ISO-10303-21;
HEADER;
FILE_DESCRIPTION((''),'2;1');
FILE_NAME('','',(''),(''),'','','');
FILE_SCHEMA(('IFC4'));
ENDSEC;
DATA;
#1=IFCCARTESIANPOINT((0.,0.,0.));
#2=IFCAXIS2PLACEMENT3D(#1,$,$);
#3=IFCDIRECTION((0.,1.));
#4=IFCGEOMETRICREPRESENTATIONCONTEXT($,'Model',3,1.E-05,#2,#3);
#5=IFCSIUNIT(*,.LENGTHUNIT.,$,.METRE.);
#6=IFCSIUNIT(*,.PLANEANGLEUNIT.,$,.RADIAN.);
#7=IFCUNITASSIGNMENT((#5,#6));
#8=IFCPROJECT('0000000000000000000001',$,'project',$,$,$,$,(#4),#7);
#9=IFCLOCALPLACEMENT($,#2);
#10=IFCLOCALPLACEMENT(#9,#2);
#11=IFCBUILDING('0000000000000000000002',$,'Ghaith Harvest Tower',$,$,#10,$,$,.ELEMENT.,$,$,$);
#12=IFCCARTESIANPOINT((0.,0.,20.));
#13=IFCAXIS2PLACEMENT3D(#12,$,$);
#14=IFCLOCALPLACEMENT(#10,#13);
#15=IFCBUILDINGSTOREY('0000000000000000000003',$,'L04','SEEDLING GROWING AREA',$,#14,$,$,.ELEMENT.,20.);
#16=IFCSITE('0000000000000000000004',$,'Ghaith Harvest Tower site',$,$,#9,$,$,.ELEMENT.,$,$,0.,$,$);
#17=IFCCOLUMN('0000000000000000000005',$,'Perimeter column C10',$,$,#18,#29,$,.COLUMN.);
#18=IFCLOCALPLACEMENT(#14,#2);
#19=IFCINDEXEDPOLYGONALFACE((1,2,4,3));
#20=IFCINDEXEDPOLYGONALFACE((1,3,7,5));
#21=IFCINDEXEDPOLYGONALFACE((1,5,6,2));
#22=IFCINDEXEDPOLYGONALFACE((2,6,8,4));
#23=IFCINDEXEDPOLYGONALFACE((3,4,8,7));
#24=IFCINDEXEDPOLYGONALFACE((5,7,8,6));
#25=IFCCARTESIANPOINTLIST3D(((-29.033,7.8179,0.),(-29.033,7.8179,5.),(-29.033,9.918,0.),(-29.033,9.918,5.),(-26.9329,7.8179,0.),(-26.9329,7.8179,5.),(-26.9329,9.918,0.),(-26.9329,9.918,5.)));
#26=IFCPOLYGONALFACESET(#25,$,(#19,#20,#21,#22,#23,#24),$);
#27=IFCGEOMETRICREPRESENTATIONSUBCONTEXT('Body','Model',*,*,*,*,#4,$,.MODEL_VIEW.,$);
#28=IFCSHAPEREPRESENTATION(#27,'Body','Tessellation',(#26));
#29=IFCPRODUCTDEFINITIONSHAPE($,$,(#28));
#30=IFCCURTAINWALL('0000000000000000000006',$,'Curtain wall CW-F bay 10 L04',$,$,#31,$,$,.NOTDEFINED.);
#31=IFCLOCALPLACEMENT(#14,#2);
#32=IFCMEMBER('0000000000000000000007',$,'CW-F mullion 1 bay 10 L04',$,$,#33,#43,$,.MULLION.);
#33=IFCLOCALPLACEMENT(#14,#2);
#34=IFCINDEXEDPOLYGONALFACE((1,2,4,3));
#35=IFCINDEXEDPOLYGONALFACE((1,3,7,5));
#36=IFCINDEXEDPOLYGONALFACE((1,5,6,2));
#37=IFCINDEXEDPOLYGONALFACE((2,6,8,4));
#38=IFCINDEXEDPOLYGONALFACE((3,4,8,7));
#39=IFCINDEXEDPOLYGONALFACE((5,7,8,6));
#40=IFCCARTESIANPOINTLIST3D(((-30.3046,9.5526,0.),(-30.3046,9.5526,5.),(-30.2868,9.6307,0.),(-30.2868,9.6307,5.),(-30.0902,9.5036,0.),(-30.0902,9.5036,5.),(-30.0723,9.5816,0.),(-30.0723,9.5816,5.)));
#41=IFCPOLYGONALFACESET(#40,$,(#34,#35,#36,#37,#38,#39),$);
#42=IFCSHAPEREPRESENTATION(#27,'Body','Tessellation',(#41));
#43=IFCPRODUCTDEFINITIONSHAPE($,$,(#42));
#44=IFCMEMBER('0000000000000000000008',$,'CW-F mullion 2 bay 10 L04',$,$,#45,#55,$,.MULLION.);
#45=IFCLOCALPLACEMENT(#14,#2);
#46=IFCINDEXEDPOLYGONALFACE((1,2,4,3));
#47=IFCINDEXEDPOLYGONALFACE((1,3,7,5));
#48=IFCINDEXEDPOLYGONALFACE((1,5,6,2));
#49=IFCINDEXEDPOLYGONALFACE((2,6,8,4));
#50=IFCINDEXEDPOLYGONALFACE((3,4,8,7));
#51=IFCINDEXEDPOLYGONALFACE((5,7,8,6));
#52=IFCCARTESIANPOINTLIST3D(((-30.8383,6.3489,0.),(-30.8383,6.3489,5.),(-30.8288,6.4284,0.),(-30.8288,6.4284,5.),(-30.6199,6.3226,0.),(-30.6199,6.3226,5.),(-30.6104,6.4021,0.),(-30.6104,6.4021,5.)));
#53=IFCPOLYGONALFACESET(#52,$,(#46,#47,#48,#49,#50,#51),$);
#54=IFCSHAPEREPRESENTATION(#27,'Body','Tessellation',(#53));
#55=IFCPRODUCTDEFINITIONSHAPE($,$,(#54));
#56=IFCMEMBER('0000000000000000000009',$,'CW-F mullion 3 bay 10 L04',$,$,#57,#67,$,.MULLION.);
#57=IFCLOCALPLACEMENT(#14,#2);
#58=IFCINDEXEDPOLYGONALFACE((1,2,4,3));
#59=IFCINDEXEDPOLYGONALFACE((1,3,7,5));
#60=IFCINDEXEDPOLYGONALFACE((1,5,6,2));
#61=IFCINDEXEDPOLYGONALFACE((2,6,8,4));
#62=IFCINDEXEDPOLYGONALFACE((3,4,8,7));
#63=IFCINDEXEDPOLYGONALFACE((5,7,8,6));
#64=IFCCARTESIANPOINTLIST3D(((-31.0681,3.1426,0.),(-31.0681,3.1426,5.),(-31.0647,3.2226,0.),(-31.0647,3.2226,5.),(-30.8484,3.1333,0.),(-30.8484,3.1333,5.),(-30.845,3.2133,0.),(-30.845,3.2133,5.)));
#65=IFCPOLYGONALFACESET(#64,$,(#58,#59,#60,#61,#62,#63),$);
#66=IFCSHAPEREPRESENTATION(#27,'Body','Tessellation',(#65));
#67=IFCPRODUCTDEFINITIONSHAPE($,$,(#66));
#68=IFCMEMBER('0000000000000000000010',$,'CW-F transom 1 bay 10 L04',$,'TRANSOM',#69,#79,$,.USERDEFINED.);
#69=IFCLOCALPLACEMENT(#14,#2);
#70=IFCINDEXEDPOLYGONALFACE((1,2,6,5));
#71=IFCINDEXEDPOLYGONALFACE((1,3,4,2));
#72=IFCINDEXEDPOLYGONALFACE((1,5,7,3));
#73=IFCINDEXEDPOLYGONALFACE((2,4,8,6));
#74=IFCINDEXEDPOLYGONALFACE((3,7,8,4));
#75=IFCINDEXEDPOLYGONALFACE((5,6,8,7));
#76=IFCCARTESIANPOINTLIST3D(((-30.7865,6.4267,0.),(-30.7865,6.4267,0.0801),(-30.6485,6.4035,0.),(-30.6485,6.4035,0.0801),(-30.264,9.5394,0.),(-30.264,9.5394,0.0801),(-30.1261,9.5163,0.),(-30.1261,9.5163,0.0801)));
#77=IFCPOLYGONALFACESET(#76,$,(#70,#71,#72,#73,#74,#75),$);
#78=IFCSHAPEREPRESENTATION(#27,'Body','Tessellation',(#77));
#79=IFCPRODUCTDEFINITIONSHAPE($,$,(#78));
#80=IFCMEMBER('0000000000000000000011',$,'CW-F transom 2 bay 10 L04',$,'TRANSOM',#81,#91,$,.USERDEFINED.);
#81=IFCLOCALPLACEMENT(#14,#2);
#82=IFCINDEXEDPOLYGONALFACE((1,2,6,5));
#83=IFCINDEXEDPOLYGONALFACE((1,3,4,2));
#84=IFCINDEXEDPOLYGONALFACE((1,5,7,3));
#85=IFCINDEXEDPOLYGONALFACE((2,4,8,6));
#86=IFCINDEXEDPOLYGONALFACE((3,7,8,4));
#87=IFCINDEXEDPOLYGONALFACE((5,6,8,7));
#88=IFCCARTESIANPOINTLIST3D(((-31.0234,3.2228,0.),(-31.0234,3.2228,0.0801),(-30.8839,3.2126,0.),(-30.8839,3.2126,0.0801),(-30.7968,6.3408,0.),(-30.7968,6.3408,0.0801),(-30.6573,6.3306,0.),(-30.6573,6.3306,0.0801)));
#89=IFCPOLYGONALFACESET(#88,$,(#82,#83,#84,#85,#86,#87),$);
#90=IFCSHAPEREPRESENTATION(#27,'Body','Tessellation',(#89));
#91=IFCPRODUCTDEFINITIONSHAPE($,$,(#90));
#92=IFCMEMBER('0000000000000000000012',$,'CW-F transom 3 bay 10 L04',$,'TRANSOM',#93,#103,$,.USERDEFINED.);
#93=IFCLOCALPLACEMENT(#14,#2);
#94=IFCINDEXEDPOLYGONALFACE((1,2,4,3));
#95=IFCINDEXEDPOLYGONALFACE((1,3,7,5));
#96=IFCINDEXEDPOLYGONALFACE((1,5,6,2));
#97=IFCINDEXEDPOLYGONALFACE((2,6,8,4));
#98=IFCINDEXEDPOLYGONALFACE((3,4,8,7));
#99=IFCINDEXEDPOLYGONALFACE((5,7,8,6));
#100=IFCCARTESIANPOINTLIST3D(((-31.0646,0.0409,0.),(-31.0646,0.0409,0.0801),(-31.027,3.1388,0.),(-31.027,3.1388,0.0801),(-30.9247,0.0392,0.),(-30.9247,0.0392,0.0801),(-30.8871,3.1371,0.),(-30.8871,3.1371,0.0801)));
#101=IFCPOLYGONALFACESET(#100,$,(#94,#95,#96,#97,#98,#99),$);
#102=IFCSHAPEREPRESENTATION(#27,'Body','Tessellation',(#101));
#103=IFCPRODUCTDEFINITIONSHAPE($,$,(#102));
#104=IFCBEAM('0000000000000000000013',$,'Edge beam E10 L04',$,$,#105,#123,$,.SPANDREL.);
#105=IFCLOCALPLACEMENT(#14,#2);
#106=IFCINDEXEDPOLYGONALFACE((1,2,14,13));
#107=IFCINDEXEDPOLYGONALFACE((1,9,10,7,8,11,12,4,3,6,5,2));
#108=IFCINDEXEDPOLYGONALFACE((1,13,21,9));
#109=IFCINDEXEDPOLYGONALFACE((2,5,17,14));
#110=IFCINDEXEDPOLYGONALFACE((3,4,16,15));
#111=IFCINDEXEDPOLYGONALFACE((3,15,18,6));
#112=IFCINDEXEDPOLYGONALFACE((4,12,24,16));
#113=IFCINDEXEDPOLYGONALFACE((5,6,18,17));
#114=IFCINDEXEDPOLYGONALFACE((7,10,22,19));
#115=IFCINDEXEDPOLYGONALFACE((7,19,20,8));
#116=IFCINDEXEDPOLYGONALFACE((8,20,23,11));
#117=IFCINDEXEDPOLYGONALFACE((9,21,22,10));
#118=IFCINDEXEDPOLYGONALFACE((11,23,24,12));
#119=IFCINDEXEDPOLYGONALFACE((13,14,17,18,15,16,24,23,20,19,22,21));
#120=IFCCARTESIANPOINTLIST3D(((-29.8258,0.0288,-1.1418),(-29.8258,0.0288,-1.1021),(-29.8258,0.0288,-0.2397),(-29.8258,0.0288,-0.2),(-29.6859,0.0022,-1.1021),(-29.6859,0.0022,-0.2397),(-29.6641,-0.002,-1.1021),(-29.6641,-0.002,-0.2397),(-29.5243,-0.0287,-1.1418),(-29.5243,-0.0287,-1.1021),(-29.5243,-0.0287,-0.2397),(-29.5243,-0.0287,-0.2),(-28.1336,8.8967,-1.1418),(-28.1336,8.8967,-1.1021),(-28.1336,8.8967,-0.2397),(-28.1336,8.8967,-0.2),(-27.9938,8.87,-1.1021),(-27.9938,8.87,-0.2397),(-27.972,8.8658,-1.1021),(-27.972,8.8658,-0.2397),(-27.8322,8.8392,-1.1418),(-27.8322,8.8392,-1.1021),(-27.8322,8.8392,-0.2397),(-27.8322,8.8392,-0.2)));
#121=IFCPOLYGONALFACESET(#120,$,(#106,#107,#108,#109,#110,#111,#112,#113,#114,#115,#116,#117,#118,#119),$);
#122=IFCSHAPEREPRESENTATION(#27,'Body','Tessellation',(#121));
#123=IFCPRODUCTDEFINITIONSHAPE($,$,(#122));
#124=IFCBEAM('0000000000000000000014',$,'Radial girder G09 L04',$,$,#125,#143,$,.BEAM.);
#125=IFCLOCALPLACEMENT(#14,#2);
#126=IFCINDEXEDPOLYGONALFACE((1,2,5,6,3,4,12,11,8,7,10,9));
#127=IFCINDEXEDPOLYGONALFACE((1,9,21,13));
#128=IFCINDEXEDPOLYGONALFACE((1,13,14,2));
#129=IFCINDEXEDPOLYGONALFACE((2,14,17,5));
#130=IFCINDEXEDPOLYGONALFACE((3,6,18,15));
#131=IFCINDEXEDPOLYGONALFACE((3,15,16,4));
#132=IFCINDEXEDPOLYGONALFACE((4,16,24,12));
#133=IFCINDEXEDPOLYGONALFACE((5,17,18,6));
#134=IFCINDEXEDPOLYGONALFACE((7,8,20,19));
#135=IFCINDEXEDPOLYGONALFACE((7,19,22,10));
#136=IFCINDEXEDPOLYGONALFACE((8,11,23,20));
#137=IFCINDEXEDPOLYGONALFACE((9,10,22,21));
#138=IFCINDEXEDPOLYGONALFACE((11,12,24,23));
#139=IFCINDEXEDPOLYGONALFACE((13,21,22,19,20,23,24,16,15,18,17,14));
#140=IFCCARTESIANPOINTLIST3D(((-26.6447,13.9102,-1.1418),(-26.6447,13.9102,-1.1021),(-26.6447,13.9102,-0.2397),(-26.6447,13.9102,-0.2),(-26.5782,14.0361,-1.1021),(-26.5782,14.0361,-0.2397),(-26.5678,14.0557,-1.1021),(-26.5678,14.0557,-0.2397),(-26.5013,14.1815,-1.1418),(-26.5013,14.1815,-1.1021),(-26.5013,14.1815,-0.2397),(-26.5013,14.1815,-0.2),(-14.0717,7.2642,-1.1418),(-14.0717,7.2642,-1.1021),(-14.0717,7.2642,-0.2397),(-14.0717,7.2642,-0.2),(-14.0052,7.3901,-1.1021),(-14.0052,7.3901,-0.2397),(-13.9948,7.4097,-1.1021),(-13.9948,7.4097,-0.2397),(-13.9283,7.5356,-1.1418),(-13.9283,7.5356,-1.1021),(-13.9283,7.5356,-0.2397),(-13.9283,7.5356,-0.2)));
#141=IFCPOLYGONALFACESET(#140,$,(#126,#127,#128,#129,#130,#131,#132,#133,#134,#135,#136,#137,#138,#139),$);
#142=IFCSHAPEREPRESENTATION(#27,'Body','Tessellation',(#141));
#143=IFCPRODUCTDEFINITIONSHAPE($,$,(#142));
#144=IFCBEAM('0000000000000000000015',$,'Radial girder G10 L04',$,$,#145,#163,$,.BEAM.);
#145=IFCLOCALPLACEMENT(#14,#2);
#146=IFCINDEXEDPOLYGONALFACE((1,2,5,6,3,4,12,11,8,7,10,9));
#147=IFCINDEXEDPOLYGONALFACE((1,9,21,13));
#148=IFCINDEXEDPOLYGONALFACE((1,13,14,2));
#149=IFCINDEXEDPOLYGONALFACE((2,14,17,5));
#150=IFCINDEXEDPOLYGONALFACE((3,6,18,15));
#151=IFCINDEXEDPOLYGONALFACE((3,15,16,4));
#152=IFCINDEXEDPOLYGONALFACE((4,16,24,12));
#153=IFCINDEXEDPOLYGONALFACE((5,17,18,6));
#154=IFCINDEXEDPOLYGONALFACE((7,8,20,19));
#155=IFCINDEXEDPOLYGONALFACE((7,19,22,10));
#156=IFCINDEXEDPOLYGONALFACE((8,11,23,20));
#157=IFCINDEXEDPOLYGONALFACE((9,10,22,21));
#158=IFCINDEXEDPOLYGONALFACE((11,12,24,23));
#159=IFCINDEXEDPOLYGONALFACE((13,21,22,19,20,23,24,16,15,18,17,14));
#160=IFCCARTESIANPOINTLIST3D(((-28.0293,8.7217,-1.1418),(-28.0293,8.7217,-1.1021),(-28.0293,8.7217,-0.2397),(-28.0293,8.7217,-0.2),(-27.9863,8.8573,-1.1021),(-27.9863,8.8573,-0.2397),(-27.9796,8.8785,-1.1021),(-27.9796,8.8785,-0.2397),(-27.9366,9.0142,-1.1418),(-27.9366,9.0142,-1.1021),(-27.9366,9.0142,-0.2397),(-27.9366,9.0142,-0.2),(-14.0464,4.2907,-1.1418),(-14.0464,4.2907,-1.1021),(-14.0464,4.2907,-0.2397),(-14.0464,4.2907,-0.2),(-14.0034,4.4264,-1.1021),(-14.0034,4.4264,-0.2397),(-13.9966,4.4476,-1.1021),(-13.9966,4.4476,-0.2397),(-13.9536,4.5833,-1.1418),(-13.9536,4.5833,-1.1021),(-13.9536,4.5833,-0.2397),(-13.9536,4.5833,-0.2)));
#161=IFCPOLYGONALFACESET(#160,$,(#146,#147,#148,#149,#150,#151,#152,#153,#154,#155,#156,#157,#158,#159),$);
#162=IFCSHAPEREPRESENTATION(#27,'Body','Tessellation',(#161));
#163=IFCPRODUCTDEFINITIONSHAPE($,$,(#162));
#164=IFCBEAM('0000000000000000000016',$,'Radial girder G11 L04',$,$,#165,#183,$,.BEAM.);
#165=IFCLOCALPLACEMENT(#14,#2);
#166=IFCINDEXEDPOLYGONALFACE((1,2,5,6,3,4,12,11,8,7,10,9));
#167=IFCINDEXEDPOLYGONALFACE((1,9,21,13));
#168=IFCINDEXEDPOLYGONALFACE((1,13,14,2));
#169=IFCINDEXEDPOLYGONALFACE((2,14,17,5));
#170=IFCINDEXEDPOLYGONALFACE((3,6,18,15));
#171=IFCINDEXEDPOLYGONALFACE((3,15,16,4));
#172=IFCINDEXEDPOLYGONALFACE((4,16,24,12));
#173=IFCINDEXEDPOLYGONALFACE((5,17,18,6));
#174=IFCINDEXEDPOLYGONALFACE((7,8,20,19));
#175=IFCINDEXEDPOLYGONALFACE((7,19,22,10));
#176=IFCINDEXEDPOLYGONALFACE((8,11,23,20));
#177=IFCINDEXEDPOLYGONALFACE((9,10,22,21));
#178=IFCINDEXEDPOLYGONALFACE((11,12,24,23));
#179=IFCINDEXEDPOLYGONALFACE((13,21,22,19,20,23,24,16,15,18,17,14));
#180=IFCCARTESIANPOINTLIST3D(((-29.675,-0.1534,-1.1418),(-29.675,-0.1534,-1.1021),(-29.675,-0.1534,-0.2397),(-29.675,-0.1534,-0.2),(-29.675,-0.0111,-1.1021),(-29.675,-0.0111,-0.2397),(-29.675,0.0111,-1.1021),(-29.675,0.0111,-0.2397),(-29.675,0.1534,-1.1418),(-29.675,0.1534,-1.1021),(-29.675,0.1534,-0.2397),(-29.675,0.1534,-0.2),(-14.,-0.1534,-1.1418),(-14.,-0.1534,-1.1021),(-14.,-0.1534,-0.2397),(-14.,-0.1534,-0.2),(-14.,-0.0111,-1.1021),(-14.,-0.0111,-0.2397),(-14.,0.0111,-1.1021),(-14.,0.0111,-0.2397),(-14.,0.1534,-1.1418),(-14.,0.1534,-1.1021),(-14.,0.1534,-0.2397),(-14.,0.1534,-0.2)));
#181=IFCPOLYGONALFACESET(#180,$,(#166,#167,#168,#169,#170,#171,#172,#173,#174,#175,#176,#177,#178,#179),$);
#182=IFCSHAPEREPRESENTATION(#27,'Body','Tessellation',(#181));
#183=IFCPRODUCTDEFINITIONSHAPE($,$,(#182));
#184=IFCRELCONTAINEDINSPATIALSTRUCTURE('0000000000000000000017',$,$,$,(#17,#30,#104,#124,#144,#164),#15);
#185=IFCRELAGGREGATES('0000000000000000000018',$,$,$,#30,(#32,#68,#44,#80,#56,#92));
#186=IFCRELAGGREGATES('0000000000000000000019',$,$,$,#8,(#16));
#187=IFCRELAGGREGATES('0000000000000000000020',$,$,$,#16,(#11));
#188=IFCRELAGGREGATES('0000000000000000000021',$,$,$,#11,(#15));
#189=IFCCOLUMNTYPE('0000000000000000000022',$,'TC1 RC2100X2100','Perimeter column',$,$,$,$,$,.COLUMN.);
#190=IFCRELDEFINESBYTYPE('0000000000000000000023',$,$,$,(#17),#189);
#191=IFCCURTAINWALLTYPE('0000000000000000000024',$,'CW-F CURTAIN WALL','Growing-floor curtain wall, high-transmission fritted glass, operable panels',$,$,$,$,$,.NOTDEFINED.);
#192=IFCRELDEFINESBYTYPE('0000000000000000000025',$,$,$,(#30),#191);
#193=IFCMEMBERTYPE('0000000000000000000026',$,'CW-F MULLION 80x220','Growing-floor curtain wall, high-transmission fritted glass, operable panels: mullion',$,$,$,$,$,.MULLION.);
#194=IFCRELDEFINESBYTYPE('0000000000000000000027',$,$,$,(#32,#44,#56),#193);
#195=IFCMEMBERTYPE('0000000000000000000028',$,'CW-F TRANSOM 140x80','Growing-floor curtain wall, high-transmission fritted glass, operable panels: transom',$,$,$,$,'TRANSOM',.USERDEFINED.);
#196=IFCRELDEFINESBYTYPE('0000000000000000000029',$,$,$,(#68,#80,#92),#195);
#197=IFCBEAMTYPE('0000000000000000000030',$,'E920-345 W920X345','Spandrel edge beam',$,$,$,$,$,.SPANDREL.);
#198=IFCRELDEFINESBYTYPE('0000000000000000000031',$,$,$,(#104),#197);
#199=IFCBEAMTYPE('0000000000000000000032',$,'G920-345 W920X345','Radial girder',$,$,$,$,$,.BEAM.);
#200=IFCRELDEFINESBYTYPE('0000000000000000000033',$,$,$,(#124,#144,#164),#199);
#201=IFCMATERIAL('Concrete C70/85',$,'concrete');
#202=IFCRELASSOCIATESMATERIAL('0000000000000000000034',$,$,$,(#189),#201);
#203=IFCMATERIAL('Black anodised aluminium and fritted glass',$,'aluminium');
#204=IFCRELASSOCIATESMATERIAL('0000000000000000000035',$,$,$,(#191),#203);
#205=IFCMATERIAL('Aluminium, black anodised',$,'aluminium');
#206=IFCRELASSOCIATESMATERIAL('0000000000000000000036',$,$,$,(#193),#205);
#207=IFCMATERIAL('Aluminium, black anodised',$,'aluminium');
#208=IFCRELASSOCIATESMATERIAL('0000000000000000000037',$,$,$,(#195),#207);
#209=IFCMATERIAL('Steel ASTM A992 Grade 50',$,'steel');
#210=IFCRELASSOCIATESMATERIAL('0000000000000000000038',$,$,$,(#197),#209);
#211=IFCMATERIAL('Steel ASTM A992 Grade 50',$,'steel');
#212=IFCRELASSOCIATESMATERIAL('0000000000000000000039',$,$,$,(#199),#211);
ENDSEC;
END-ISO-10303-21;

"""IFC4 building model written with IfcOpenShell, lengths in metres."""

from ifc_helpers import new_model, si_unit, direction, frame, origin, origin_2d, place, context, subcontext, project, spatial, rectangle, i_section, extrude, material, material_profile, profile_set, type_object, element, aggregate, save


model = new_model("IFC4")

# Units and contexts
model_context = context("Model", 3, precision=1e-05, world=origin(), true_north=direction((0.0, 1.0)))
body_context = subcontext(model_context, "Body", "Model", "MODEL_VIEW")
ifc_project = project(units=[si_unit("LENGTHUNIT", "METRE"), si_unit("PLANEANGLEUNIT", "RADIAN")], contexts=[model_context])

# Site, building, storey
site_placement = place(None, origin())
site = spatial("IfcSite", under=ifc_project, at=site_placement, Name="Ghaith Harvest Tower site", CompositionType="ELEMENT", RefElevation=0.0)
building_placement = place(site_placement, origin())
building = spatial("IfcBuilding", under=site, at=building_placement, Name="Ghaith Harvest Tower", CompositionType="ELEMENT")
storey_placement = place(building_placement, frame((0.0, 0.0, 20.0)))
storey = spatial("IfcBuildingStorey", under=building, at=storey_placement, Name="L04", Description="SEEDLING GROWING AREA", CompositionType="ELEMENT", Elevation=20.0)

# Column
ifc_material_1 = material(Name="Concrete C70/85", Category="concrete")
ifc_material_profile_1 = material_profile(ifc_material_1, rectangle(XDim=2.1001, YDim=2.1001, at=origin_2d()), Name="RC2100X2100")
ifc_profile_set_1 = profile_set([ifc_material_profile_1], Name="Concrete C70/85")
column_type = type_object("IfcColumnType", Name="TC1 RC2100X2100", Description="Perimeter column", PredefinedType="COLUMN", material=ifc_profile_set_1)
column_placement = place(storey_placement, frame((-27.9829, 8.8679, 0.0), z_axis=(0.0, 0.0, 1.0), x_axis=(1.0, 0.0, 0.0)))
element("IfcColumn", 1, at=column_placement, inside=storey, type_object=column_type, Name="Perimeter column C10", PredefinedType="COLUMN", context=body_context, shape_type="SweptSolid", body=[
    extrude(rectangle(XDim=2.1001, YDim=2.1001, at=origin_2d()), origin(), (0.0, 0.0, 1.0), 5.0),
])

# Curtain wall, members
ifc_material_2 = material(Name="Black anodised aluminium and fritted glass", Category="aluminium")
curtain_wall_type = type_object("IfcCurtainWallType", Name="CW-F CURTAIN WALL", Description="Growing-floor curtain wall, high-transmission fritted glass, operable panels", PredefinedType="NOTDEFINED", material=ifc_material_2)
curtain_wall_1_placement = place(storey_placement, origin())
curtain_wall_1 = element("IfcCurtainWall", 2, at=curtain_wall_1_placement, inside=storey, type_object=curtain_wall_type, Name="Curtain wall CW-F bay 10 L04", PredefinedType="NOTDEFINED")
ifc_material_3 = material(Name="Aluminium, black anodised", Category="aluminium")
ifc_material_profile_2 = material_profile(ifc_material_3, rectangle(XDim=0.0801, YDim=0.22, at=origin_2d()), Name="CW-F MULLION 80x220")
ifc_profile_set_2 = profile_set([ifc_material_profile_2], Name="Aluminium, black anodised")
member_type_1 = type_object("IfcMemberType", Name="CW-F MULLION 80x220", Description="Growing-floor curtain wall, high-transmission fritted glass, operable panels: mullion", PredefinedType="MULLION", material=ifc_profile_set_2)
member_1_placement = place(storey_placement, frame((-30.1885, 9.5671, 0.0), z_axis=(0.0, 0.0, 1.0), x_axis=(-0.222967, -0.974826, 0.0)))
member_1 = element("IfcMember", 3, at=member_1_placement, type_object=member_type_1, Name="CW-F mullion 1 bay 10 L04", PredefinedType="MULLION", context=body_context, shape_type="SweptSolid", body=[
    extrude(rectangle(XDim=0.0801, YDim=0.22, at=origin_2d()), origin(), (0.0, 0.0, 1.0), 5.0),
])
member_2_placement = place(storey_placement, frame((-30.7244, 6.3755, 0.0), z_axis=(0.0, 0.0, 1.0), x_axis=(-0.119353, -0.992852, 0.0)))
member_2 = element("IfcMember", 4, at=member_2_placement, type_object=member_type_1, Name="CW-F mullion 2 bay 10 L04", PredefinedType="MULLION", context=body_context, shape_type="SweptSolid", body=[
    extrude(rectangle(XDim=0.0801, YDim=0.22, at=origin_2d()), origin(), (0.0, 0.0, 1.0), 5.0),
])
member_3_placement = place(storey_placement, frame((-30.9565, 3.178, 0.0), z_axis=(0.0, 0.0, 1.0), x_axis=(-0.042427, -0.9991, 0.0)))
member_3 = element("IfcMember", 5, at=member_3_placement, type_object=member_type_1, Name="CW-F mullion 3 bay 10 L04", PredefinedType="MULLION", context=body_context, shape_type="SweptSolid", body=[
    extrude(rectangle(XDim=0.0801, YDim=0.22, at=origin_2d()), origin(), (0.0, 0.0, 1.0), 5.0),
])
ifc_material_4 = material(Name="Aluminium, black anodised", Category="aluminium")
ifc_material_profile_3 = material_profile(ifc_material_4, rectangle(XDim=0.1399, YDim=0.0801, at=origin_2d()), Name="CW-F TRANSOM 140x80")
ifc_profile_set_3 = profile_set([ifc_material_profile_3], Name="Aluminium, black anodised")
member_type_2 = type_object("IfcMemberType", Name="CW-F TRANSOM 140x80", Description="Growing-floor curtain wall, high-transmission fritted glass, operable panels: transom", ElementType="TRANSOM", PredefinedType="USERDEFINED", material=ifc_profile_set_3)
member_4_placement = place(storey_placement, frame((-30.1951, 9.5278, 0.04), z_axis=(-0.165528, -0.986205, 0.0), x_axis=(0.986205, -0.165528, 0.0)))
member_4 = element("IfcMember", 6, at=member_4_placement, type_object=member_type_2, Name="CW-F transom 1 bay 10 L04", ObjectType="TRANSOM", PredefinedType="USERDEFINED", context=body_context, shape_type="SweptSolid", body=[
    extrude(rectangle(XDim=0.1399, YDim=0.0801, at=origin_2d()), origin(), (0.0, 0.0, 1.0), 3.1562),
])
member_5_placement = place(storey_placement, frame((-30.7271, 6.3357, 0.04), z_axis=(-0.072474, -0.99737, 0.0), x_axis=(0.99737, -0.072474, 0.0)))
member_5 = element("IfcMember", 7, at=member_5_placement, type_object=member_type_2, Name="CW-F transom 2 bay 10 L04", ObjectType="TRANSOM", PredefinedType="USERDEFINED", context=body_context, shape_type="SweptSolid", body=[
    extrude(rectangle(XDim=0.1399, YDim=0.0801, at=origin_2d()), origin(), (0.0, 0.0, 1.0), 3.1262),
])
member_6_placement = place(storey_placement, frame((-30.957, 3.1379, 0.04), z_axis=(-0.012136, -0.999926, 0.0), x_axis=(0.999926, -0.012136, 0.0)))
member_6 = element("IfcMember", 8, at=member_6_placement, type_object=member_type_2, Name="CW-F transom 3 bay 10 L04", ObjectType="TRANSOM", PredefinedType="USERDEFINED", context=body_context, shape_type="SweptSolid", body=[
    extrude(rectangle(XDim=0.1399, YDim=0.0801, at=origin_2d()), origin(), (0.0, 0.0, 1.0), 3.0981),
])

# Beams
ifc_material_5 = material(Name="Steel ASTM A992 Grade 50", Category="steel")
ifc_material_profile_4 = material_profile(ifc_material_5, i_section(OverallWidth=0.3069, OverallDepth=0.9419, WebThickness=0.0222, FlangeThickness=0.0398, at=origin_2d()), Name="W920X345")
ifc_profile_set_4 = profile_set([ifc_material_profile_4], Name="Steel ASTM A992 Grade 50")
beam_type_1 = type_object("IfcBeamType", Name="E920-345 W920X345", Description="Spandrel edge beam", PredefinedType="SPANDREL", material=ifc_profile_set_4)
beam_1_placement = place(storey_placement, frame((-27.9829, 8.8679, -0.6709), z_axis=(-0.187434, -0.982277, 0.0), x_axis=(0.982277, -0.187434, 0.0)))
element("IfcBeam", 9, at=beam_1_placement, inside=storey, type_object=beam_type_1, Name="Edge beam E10 L04", PredefinedType="SPANDREL", context=body_context, shape_type="SweptSolid", body=[
    extrude(i_section(OverallWidth=0.3069, OverallDepth=0.9419, WebThickness=0.0222, FlangeThickness=0.0398, at=origin_2d()), origin(), (0.0, 0.0, 1.0), 9.0278),
])
ifc_material_6 = material(Name="Steel ASTM A992 Grade 50", Category="steel")
ifc_material_profile_5 = material_profile(ifc_material_6, i_section(OverallWidth=0.3069, OverallDepth=0.9419, WebThickness=0.0222, FlangeThickness=0.0398, at=origin_2d()), Name="W920X345")
ifc_profile_set_5 = profile_set([ifc_material_profile_5], Name="Steel ASTM A992 Grade 50")
beam_type_2 = type_object("IfcBeamType", Name="G920-345 W920X345", Description="Radial girder", PredefinedType="BEAM", material=ifc_profile_set_5)
beam_2_placement = place(storey_placement, frame((-14.0, 7.3999, -0.6709), z_axis=(-0.884087, 0.467322, 0.0), x_axis=(-0.467322, -0.884087, 0.0)))
element("IfcBeam", 10, at=beam_2_placement, inside=storey, type_object=beam_type_2, Name="Radial girder G09 L04", PredefinedType="BEAM", context=body_context, shape_type="SweptSolid", body=[
    extrude(i_section(OverallWidth=0.3069, OverallDepth=0.9419, WebThickness=0.0222, FlangeThickness=0.0398, at=origin_2d()), origin(), (0.0, 0.0, 1.0), 14.2214),
])
beam_3_placement = place(storey_placement, frame((-14.0, 4.437, -0.6709), z_axis=(-0.953284, 0.302077, 0.0), x_axis=(-0.302077, -0.953284, 0.0)))
element("IfcBeam", 11, at=beam_3_placement, inside=storey, type_object=beam_type_2, Name="Radial girder G10 L04", PredefinedType="BEAM", context=body_context, shape_type="SweptSolid", body=[
    extrude(i_section(OverallWidth=0.3069, OverallDepth=0.9419, WebThickness=0.0222, FlangeThickness=0.0398, at=origin_2d()), origin(), (0.0, 0.0, 1.0), 14.6682),
])
beam_4_placement = place(storey_placement, frame((-14.0, 0.0, -0.6709), z_axis=(-1.0, 0.0, 0.0), x_axis=(0.0, -1.0, 0.0)))
element("IfcBeam", 12, at=beam_4_placement, inside=storey, type_object=beam_type_2, Name="Radial girder G11 L04", PredefinedType="BEAM", context=body_context, shape_type="SweptSolid", body=[
    extrude(i_section(OverallWidth=0.3069, OverallDepth=0.9419, WebThickness=0.0222, FlangeThickness=0.0398, at=origin_2d()), origin(), (0.0, 0.0, 1.0), 15.675),
])

aggregate(curtain_wall_1, [member_1, member_4, member_2, member_5, member_3, member_6])

save(model, "model.ifc")
